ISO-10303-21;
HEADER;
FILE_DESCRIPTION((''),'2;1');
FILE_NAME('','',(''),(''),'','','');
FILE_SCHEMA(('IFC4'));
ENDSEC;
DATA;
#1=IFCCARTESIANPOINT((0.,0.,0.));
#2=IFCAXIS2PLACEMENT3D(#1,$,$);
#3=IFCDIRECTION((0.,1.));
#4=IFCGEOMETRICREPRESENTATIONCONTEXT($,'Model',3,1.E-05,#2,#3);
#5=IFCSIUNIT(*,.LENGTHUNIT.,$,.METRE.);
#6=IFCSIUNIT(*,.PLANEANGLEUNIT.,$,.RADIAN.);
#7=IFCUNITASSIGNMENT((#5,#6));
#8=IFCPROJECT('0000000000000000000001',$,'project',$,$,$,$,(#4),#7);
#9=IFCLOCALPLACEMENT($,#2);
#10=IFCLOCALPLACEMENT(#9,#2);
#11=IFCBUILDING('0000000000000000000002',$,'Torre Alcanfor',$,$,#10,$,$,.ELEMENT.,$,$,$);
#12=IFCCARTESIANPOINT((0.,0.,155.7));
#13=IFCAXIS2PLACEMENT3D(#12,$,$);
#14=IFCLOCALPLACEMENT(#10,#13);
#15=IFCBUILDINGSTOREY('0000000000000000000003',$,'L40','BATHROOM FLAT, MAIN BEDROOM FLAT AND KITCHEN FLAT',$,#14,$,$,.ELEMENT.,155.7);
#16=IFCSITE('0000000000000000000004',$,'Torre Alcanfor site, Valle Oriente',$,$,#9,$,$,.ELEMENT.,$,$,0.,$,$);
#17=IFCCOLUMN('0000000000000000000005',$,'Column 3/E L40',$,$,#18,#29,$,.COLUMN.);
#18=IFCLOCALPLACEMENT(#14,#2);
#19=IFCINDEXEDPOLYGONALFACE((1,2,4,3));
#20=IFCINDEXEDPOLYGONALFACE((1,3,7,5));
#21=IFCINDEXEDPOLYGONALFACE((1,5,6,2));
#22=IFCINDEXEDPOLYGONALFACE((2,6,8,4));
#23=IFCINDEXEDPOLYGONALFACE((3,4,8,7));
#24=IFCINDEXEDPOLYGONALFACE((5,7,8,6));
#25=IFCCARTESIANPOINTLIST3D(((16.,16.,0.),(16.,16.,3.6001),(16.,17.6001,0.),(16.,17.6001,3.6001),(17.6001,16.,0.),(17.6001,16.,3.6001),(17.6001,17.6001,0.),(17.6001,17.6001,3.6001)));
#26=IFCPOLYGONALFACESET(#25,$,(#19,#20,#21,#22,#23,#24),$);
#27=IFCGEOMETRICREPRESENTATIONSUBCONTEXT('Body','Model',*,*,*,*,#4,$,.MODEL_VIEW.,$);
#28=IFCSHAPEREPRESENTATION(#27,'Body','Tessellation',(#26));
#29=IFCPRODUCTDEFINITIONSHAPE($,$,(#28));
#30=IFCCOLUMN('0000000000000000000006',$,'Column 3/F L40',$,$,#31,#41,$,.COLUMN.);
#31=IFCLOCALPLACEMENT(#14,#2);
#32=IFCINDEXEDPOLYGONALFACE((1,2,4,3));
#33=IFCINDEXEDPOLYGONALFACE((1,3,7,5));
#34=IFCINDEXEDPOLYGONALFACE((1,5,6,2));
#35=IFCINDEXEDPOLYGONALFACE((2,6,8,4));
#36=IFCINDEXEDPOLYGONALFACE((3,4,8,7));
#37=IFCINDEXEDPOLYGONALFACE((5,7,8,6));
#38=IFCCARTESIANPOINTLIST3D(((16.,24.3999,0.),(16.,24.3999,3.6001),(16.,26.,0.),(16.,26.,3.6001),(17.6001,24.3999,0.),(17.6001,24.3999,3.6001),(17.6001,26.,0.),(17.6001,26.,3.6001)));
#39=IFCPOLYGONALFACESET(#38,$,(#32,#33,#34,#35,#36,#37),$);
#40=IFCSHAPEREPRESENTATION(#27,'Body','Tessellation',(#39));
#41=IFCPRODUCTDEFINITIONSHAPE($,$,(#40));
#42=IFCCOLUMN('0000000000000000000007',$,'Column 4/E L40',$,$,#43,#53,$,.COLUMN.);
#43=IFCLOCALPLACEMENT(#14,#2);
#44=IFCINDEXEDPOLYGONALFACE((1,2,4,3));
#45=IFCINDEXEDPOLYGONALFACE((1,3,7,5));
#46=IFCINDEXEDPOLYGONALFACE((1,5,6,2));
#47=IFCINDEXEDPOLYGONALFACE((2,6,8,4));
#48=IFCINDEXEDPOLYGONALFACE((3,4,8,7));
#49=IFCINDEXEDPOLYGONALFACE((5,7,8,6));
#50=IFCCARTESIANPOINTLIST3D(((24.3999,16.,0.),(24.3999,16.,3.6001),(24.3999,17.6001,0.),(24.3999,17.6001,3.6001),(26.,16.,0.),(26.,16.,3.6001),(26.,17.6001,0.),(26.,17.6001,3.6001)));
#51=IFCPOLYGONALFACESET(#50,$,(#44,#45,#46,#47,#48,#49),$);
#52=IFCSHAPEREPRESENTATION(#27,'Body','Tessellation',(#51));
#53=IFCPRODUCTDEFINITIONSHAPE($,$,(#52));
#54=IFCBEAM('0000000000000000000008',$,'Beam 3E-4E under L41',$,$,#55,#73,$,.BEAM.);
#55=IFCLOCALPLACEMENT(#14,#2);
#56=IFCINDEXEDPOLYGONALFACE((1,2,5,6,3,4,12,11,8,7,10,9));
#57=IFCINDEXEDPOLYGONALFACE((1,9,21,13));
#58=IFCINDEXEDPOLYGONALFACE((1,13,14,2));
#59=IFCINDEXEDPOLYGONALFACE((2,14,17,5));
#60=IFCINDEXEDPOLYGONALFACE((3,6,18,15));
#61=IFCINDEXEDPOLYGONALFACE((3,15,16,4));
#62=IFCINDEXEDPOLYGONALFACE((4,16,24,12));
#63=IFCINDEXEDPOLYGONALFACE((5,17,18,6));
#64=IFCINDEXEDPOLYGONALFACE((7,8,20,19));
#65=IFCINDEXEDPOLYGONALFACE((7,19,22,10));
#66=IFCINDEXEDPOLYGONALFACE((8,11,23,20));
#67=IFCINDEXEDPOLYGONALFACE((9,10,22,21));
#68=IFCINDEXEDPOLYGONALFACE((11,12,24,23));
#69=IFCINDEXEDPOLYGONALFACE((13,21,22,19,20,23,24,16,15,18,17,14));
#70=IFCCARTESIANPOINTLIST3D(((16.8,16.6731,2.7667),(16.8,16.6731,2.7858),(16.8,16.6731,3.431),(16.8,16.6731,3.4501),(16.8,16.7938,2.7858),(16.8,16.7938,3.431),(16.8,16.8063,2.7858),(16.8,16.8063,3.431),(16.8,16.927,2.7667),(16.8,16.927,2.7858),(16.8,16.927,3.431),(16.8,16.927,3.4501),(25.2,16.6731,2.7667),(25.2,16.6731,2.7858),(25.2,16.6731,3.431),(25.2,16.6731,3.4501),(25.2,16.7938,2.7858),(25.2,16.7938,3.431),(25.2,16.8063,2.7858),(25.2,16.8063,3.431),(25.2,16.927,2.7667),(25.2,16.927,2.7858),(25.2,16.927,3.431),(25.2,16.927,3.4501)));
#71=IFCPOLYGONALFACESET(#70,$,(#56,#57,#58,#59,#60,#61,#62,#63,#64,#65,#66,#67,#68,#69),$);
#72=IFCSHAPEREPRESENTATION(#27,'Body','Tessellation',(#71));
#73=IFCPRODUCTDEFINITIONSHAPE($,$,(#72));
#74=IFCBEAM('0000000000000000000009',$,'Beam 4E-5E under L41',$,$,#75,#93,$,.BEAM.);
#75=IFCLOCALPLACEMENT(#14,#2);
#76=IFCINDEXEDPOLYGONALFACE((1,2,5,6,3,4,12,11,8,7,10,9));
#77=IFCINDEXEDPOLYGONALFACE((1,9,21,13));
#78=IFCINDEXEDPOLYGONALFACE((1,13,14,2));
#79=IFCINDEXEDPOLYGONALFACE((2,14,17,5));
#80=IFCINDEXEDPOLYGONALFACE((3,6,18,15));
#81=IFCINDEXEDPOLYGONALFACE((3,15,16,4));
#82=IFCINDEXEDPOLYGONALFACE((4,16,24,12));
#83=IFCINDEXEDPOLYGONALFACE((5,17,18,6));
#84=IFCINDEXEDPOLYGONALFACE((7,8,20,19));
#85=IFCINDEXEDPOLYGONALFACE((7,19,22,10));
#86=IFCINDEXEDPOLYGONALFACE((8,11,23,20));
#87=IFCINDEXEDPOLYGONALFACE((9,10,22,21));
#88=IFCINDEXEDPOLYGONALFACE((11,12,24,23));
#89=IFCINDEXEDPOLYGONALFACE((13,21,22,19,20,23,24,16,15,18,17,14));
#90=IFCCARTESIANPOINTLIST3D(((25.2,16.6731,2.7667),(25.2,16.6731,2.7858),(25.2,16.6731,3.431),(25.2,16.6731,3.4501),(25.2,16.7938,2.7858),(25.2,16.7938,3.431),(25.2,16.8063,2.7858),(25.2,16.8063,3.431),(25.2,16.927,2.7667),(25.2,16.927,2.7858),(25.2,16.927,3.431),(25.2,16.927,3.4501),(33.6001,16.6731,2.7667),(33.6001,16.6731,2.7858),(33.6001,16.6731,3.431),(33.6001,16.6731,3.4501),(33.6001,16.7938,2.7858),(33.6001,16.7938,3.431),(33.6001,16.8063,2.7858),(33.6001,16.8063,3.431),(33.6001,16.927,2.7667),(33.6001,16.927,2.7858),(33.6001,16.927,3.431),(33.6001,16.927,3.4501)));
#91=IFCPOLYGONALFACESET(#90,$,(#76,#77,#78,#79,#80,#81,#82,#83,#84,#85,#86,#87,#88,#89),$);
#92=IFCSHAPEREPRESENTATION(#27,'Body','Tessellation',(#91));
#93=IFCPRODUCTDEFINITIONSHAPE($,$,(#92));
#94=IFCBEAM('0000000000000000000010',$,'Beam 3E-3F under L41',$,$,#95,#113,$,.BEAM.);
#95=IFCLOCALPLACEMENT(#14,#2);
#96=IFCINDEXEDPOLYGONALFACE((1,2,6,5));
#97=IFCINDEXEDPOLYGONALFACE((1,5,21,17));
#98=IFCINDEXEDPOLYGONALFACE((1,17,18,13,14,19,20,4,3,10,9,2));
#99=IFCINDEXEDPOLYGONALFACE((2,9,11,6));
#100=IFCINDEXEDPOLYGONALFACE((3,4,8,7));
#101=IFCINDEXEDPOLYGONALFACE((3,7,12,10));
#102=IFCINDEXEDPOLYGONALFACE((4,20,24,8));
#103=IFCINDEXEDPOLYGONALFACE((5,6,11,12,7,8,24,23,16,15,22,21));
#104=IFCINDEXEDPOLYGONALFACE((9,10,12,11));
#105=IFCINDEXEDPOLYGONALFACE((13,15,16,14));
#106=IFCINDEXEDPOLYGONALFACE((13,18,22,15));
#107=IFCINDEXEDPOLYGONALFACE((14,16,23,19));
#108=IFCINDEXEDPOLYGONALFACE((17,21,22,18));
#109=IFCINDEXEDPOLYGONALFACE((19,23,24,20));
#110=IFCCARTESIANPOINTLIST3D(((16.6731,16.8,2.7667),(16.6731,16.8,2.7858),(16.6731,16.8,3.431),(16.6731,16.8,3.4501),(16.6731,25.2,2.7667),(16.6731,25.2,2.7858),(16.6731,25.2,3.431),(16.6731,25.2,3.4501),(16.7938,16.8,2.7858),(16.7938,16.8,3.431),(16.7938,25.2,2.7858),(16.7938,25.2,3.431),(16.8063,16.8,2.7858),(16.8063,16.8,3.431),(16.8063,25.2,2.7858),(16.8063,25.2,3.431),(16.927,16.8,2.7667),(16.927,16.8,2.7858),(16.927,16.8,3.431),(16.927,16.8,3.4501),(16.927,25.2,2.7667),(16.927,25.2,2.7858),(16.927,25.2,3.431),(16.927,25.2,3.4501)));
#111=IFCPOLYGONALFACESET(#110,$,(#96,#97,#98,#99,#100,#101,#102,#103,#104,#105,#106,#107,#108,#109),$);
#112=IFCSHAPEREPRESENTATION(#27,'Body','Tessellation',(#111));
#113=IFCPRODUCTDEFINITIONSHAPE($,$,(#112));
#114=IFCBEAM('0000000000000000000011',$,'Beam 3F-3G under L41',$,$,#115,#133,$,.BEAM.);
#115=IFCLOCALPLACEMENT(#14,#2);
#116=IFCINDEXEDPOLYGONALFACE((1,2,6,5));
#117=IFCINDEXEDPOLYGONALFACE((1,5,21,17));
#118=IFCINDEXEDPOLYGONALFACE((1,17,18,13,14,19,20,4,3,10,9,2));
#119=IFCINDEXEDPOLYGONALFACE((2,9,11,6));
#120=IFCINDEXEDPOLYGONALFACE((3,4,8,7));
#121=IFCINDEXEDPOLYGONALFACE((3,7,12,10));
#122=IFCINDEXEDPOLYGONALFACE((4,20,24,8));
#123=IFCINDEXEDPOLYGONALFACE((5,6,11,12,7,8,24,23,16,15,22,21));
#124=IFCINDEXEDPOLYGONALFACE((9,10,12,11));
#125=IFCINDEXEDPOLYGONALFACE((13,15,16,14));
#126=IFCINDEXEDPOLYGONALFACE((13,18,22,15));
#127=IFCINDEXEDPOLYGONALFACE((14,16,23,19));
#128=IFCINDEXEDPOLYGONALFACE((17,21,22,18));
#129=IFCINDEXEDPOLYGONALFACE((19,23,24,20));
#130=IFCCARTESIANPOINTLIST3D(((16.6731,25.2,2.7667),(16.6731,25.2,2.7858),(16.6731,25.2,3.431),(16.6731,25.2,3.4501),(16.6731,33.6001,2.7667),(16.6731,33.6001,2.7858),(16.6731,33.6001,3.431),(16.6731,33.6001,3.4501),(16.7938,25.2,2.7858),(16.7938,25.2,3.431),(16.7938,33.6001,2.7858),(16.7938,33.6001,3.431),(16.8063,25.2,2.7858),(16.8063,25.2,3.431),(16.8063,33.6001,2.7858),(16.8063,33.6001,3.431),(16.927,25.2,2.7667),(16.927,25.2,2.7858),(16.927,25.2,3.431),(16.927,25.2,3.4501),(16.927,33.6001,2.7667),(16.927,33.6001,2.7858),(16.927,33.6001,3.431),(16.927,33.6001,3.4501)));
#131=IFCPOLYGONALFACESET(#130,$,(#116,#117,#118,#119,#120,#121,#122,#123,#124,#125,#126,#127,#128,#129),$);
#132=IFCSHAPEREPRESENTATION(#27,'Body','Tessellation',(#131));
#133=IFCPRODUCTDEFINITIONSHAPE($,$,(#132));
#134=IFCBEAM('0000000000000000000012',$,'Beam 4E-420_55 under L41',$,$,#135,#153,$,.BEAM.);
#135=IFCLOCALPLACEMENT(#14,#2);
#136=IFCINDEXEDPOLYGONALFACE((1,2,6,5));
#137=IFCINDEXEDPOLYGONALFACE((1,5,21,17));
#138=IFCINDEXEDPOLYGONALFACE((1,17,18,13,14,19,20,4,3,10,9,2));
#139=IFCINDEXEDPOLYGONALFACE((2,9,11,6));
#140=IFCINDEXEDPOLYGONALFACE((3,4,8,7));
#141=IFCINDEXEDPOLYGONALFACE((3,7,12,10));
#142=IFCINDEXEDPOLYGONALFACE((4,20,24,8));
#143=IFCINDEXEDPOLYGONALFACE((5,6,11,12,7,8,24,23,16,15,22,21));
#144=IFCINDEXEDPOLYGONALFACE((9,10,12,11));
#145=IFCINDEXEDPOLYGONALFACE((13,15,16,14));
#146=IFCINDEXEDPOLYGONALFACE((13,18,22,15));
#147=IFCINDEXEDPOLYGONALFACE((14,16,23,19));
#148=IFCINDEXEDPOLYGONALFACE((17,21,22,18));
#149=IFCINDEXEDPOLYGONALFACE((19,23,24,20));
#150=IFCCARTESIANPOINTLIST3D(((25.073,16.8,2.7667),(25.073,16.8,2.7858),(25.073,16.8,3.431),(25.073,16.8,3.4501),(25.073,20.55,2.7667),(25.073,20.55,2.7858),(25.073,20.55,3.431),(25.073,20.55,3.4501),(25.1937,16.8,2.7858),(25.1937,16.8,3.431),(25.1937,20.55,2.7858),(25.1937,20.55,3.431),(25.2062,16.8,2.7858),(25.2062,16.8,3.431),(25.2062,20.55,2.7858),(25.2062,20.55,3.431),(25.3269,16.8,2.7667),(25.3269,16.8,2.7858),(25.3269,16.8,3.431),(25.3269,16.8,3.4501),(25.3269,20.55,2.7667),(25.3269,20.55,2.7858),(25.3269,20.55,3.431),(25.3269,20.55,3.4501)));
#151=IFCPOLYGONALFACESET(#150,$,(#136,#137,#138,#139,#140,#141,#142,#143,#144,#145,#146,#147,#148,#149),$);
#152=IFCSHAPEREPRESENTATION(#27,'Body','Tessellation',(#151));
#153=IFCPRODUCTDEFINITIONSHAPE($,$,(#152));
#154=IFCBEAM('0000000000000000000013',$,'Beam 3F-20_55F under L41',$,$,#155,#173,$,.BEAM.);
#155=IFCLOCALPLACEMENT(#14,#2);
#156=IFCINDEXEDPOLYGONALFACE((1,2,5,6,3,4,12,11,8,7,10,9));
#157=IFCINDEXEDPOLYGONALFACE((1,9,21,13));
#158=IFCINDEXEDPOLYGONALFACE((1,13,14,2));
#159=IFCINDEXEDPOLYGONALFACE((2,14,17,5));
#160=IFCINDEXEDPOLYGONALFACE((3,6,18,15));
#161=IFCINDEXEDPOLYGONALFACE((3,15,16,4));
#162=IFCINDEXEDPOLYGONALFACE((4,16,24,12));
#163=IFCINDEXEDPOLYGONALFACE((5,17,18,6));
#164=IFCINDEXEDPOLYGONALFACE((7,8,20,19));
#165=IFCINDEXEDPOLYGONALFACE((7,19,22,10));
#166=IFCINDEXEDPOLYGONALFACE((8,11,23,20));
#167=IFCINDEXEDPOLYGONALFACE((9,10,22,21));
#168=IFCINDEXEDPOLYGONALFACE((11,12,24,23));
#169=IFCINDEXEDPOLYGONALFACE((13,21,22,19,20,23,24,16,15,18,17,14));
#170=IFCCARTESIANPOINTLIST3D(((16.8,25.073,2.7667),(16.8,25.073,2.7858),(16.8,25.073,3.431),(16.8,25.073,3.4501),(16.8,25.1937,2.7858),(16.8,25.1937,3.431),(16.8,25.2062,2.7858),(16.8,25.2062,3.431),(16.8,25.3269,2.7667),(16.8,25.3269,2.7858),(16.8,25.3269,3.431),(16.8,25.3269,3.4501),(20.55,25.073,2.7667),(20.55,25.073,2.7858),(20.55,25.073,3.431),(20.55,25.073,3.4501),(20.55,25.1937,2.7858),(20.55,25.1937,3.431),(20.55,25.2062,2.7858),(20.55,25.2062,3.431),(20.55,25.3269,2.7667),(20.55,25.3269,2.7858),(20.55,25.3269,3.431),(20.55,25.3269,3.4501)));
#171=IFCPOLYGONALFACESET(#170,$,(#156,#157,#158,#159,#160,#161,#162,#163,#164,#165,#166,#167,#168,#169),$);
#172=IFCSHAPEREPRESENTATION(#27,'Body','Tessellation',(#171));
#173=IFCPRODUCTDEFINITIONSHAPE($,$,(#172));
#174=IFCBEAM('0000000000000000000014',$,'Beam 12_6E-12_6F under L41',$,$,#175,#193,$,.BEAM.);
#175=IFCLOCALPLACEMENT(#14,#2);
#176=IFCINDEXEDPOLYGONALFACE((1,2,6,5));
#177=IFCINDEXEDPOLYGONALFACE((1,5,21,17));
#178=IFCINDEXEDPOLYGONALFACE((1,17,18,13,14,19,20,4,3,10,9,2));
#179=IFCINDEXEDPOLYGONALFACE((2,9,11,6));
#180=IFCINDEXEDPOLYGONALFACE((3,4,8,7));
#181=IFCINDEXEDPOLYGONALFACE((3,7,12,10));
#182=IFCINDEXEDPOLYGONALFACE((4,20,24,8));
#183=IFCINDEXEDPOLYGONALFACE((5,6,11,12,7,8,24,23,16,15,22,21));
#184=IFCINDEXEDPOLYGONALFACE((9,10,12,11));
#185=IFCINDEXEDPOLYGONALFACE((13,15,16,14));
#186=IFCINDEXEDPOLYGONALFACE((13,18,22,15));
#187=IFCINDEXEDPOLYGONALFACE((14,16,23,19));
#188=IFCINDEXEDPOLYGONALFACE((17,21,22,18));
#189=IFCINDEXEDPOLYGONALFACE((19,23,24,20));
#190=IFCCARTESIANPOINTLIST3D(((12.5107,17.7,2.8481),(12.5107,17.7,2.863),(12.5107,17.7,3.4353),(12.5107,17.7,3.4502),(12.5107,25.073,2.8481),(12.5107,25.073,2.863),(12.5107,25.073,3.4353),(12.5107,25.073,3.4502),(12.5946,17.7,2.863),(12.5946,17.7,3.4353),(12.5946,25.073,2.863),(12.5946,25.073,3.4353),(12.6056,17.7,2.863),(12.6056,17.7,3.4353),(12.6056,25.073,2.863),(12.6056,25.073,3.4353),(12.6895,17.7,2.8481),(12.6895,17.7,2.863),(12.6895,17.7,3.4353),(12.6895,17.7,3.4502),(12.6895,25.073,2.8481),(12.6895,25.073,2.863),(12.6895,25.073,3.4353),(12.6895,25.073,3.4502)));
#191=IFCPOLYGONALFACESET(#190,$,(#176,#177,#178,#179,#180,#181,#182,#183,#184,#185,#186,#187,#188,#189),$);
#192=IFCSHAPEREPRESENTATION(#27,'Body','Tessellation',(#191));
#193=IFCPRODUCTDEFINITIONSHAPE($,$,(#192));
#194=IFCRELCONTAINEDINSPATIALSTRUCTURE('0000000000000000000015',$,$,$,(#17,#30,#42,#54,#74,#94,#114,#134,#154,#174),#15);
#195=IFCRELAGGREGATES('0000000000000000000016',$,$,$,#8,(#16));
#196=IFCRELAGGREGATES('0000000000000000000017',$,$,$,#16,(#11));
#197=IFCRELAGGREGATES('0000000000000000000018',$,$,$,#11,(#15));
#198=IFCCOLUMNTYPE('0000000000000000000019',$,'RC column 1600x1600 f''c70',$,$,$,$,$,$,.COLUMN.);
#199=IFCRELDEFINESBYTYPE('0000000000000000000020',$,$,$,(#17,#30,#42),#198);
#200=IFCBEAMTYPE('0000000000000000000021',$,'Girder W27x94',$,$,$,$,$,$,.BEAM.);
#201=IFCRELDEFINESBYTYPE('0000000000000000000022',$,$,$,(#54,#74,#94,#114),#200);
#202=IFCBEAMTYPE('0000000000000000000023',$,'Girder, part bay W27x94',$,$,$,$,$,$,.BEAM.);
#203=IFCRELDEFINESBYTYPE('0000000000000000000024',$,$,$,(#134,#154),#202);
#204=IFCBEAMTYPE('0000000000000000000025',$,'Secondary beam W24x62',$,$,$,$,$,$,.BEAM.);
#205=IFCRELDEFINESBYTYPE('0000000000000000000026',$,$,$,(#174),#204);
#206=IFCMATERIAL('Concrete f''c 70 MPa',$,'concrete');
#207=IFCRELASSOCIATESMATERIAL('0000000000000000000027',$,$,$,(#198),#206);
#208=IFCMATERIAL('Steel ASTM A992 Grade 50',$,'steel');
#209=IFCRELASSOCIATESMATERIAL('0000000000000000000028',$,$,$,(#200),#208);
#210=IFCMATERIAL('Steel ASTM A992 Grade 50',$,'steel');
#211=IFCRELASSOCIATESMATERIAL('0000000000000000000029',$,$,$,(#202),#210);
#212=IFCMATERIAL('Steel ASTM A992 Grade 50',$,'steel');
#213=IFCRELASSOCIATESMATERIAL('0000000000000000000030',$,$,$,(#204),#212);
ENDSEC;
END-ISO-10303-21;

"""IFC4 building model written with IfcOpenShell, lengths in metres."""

from ifc_helpers import new_model, si_unit, direction, frame, origin, origin_2d, place, context, subcontext, project, spatial, rectangle, i_section, extrude, material, material_profile, profile_set, type_object, element, save


model = new_model("IFC4")

# Units and contexts
model_context = context("Model", 3, precision=1e-05, world=origin(), true_north=direction((0.0, 1.0)))
body_context = subcontext(model_context, "Body", "Model", "MODEL_VIEW")
ifc_project = project(units=[si_unit("LENGTHUNIT", "METRE"), si_unit("PLANEANGLEUNIT", "RADIAN")], contexts=[model_context])

# Site, building, storey
site_placement = place(None, origin())
site = spatial("IfcSite", under=ifc_project, at=site_placement, Name="Torre Alcanfor site, Valle Oriente", CompositionType="ELEMENT", RefElevation=0.0)
building_placement = place(site_placement, origin())
building = spatial("IfcBuilding", under=site, at=building_placement, Name="Torre Alcanfor", CompositionType="ELEMENT")
storey_placement = place(building_placement, frame((0.0, 0.0, 155.7)))
storey = spatial("IfcBuildingStorey", under=building, at=storey_placement, Name="L40", Description="BATHROOM FLAT, MAIN BEDROOM FLAT AND KITCHEN FLAT", CompositionType="ELEMENT", Elevation=155.7)

# Columns
ifc_material_1 = material(Name="Concrete f'c 70 MPa", Category="concrete")
ifc_material_profile_1 = material_profile(ifc_material_1, rectangle(XDim=1.6001, YDim=1.6001, at=origin_2d()), Name="1600x1600")
ifc_profile_set_1 = profile_set([ifc_material_profile_1], Name="Concrete f'c 70 MPa")
column_type = type_object("IfcColumnType", Name="RC column 1600x1600 f'c70", PredefinedType="COLUMN", material=ifc_profile_set_1)
for number, where, z_axis, x_axis, name in (
    (1, (16.8, 16.8, 0.0), (0.0, 0.0, 1.0), (1.0, 0.0, 0.0), "Column 3/E L40"),
    (2, (16.8, 25.2, 0.0), (0.0, 0.0, 1.0), (1.0, 0.0, 0.0), "Column 3/F L40"),
    (3, (25.2, 16.8, 0.0), (0.0, 0.0, 1.0), (1.0, 0.0, 0.0), "Column 4/E L40"),
):
    element("IfcColumn", number, at=place(storey_placement, frame(where, z_axis=z_axis, x_axis=x_axis)), inside=storey, type_object=column_type, Name=name, PredefinedType="COLUMN", context=body_context, shape_type="SweptSolid", body=[
        extrude(rectangle(XDim=1.6001, YDim=1.6001, at=origin_2d()), origin(), (0.0, 0.0, 1.0), 3.6001),
    ])

# Beams
ifc_material_2 = material(Name="Steel ASTM A992 Grade 50", Category="steel")
ifc_material_profile_2 = material_profile(ifc_material_2, i_section(OverallWidth=0.2539, OverallDepth=0.6833, WebThickness=0.0125, FlangeThickness=0.019, at=origin_2d()), Name="W27x94")
ifc_profile_set_2 = profile_set([ifc_material_profile_2], Name="Steel ASTM A992 Grade 50")
beam_type_1 = type_object("IfcBeamType", Name="Girder W27x94", PredefinedType="BEAM", material=ifc_profile_set_2)
beam_1_placement = place(storey_placement, frame((16.8, 16.8, 3.1084), z_axis=(1.0, 0.0, 0.0), x_axis=(0.0, 1.0, 0.0)))
element("IfcBeam", 4, at=beam_1_placement, inside=storey, type_object=beam_type_1, Name="Beam 3E-4E under L41", PredefinedType="BEAM", context=body_context, shape_type="SweptSolid", body=[
    extrude(i_section(OverallWidth=0.2539, OverallDepth=0.6833, WebThickness=0.0125, FlangeThickness=0.019, at=origin_2d()), origin(), (0.0, 0.0, 1.0), 8.3999),
])
beam_2_placement = place(storey_placement, frame((25.2, 16.8, 3.1084), z_axis=(1.0, 0.0, 0.0), x_axis=(0.0, 1.0, 0.0)))
element("IfcBeam", 5, at=beam_2_placement, inside=storey, type_object=beam_type_1, Name="Beam 4E-5E under L41", PredefinedType="BEAM", context=body_context, shape_type="SweptSolid", body=[
    extrude(i_section(OverallWidth=0.2539, OverallDepth=0.6833, WebThickness=0.0125, FlangeThickness=0.019, at=origin_2d()), origin(), (0.0, 0.0, 1.0), 8.4001),
])
beam_3_placement = place(storey_placement, frame((16.8, 16.8, 3.1084), z_axis=(0.0, 1.0, 0.0), x_axis=(-1.0, 0.0, 0.0)))
element("IfcBeam", 6, at=beam_3_placement, inside=storey, type_object=beam_type_1, Name="Beam 3E-3F under L41", PredefinedType="BEAM", context=body_context, shape_type="SweptSolid", body=[
    extrude(i_section(OverallWidth=0.2539, OverallDepth=0.6833, WebThickness=0.0125, FlangeThickness=0.019, at=origin_2d()), origin(), (0.0, 0.0, 1.0), 8.3999),
])
beam_4_placement = place(storey_placement, frame((16.8, 25.2, 3.1084), z_axis=(0.0, 1.0, 0.0), x_axis=(-1.0, 0.0, 0.0)))
element("IfcBeam", 7, at=beam_4_placement, inside=storey, type_object=beam_type_1, Name="Beam 3F-3G under L41", PredefinedType="BEAM", context=body_context, shape_type="SweptSolid", body=[
    extrude(i_section(OverallWidth=0.2539, OverallDepth=0.6833, WebThickness=0.0125, FlangeThickness=0.019, at=origin_2d()), origin(), (0.0, 0.0, 1.0), 8.4001),
])
ifc_material_3 = material(Name="Steel ASTM A992 Grade 50", Category="steel")
ifc_material_profile_3 = material_profile(ifc_material_3, i_section(OverallWidth=0.2539, OverallDepth=0.6833, WebThickness=0.0125, FlangeThickness=0.019, at=origin_2d()), Name="W27x94")
ifc_profile_set_3 = profile_set([ifc_material_profile_3], Name="Steel ASTM A992 Grade 50")
beam_type_2 = type_object("IfcBeamType", Name="Girder, part bay W27x94", PredefinedType="BEAM", material=ifc_profile_set_3)
for number, where, z_axis, x_axis, name in (
    (8, (25.2, 16.8, 3.1084), (0.0, 1.0, 0.0), (-1.0, 0.0, 0.0), "Beam 4E-420_55 under L41"),
    (9, (16.8, 25.2, 3.1084), (1.0, 0.0, 0.0), (0.0, 1.0, 0.0), "Beam 3F-20_55F under L41"),
):
    element("IfcBeam", number, at=place(storey_placement, frame(where, z_axis=z_axis, x_axis=x_axis)), inside=storey, type_object=beam_type_2, Name=name, PredefinedType="BEAM", context=body_context, shape_type="SweptSolid", body=[
        extrude(i_section(OverallWidth=0.2539, OverallDepth=0.6833, WebThickness=0.0125, FlangeThickness=0.019, at=origin_2d()), origin(), (0.0, 0.0, 1.0), 3.75),
    ])
ifc_material_4 = material(Name="Steel ASTM A992 Grade 50", Category="steel")
ifc_material_profile_4 = material_profile(ifc_material_4, i_section(OverallWidth=0.1787, OverallDepth=0.6021, WebThickness=0.011, FlangeThickness=0.0149, at=origin_2d()), Name="W24x62")
ifc_profile_set_4 = profile_set([ifc_material_profile_4], Name="Steel ASTM A992 Grade 50")
beam_type_3 = type_object("IfcBeamType", Name="Secondary beam W24x62", PredefinedType="BEAM", material=ifc_profile_set_4)
beam_5_placement = place(storey_placement, frame((12.6001, 17.7, 3.1492), z_axis=(0.0, 1.0, 0.0), x_axis=(-1.0, 0.0, 0.0)))
element("IfcBeam", 10, at=beam_5_placement, inside=storey, type_object=beam_type_3, Name="Beam 12_6E-12_6F under L41", PredefinedType="BEAM", context=body_context, shape_type="SweptSolid", body=[
    extrude(i_section(OverallWidth=0.1787, OverallDepth=0.6021, WebThickness=0.011, FlangeThickness=0.0149, at=origin_2d()), origin(), (0.0, 0.0, 1.0), 7.373),
])

save(model, "model.ifc")
